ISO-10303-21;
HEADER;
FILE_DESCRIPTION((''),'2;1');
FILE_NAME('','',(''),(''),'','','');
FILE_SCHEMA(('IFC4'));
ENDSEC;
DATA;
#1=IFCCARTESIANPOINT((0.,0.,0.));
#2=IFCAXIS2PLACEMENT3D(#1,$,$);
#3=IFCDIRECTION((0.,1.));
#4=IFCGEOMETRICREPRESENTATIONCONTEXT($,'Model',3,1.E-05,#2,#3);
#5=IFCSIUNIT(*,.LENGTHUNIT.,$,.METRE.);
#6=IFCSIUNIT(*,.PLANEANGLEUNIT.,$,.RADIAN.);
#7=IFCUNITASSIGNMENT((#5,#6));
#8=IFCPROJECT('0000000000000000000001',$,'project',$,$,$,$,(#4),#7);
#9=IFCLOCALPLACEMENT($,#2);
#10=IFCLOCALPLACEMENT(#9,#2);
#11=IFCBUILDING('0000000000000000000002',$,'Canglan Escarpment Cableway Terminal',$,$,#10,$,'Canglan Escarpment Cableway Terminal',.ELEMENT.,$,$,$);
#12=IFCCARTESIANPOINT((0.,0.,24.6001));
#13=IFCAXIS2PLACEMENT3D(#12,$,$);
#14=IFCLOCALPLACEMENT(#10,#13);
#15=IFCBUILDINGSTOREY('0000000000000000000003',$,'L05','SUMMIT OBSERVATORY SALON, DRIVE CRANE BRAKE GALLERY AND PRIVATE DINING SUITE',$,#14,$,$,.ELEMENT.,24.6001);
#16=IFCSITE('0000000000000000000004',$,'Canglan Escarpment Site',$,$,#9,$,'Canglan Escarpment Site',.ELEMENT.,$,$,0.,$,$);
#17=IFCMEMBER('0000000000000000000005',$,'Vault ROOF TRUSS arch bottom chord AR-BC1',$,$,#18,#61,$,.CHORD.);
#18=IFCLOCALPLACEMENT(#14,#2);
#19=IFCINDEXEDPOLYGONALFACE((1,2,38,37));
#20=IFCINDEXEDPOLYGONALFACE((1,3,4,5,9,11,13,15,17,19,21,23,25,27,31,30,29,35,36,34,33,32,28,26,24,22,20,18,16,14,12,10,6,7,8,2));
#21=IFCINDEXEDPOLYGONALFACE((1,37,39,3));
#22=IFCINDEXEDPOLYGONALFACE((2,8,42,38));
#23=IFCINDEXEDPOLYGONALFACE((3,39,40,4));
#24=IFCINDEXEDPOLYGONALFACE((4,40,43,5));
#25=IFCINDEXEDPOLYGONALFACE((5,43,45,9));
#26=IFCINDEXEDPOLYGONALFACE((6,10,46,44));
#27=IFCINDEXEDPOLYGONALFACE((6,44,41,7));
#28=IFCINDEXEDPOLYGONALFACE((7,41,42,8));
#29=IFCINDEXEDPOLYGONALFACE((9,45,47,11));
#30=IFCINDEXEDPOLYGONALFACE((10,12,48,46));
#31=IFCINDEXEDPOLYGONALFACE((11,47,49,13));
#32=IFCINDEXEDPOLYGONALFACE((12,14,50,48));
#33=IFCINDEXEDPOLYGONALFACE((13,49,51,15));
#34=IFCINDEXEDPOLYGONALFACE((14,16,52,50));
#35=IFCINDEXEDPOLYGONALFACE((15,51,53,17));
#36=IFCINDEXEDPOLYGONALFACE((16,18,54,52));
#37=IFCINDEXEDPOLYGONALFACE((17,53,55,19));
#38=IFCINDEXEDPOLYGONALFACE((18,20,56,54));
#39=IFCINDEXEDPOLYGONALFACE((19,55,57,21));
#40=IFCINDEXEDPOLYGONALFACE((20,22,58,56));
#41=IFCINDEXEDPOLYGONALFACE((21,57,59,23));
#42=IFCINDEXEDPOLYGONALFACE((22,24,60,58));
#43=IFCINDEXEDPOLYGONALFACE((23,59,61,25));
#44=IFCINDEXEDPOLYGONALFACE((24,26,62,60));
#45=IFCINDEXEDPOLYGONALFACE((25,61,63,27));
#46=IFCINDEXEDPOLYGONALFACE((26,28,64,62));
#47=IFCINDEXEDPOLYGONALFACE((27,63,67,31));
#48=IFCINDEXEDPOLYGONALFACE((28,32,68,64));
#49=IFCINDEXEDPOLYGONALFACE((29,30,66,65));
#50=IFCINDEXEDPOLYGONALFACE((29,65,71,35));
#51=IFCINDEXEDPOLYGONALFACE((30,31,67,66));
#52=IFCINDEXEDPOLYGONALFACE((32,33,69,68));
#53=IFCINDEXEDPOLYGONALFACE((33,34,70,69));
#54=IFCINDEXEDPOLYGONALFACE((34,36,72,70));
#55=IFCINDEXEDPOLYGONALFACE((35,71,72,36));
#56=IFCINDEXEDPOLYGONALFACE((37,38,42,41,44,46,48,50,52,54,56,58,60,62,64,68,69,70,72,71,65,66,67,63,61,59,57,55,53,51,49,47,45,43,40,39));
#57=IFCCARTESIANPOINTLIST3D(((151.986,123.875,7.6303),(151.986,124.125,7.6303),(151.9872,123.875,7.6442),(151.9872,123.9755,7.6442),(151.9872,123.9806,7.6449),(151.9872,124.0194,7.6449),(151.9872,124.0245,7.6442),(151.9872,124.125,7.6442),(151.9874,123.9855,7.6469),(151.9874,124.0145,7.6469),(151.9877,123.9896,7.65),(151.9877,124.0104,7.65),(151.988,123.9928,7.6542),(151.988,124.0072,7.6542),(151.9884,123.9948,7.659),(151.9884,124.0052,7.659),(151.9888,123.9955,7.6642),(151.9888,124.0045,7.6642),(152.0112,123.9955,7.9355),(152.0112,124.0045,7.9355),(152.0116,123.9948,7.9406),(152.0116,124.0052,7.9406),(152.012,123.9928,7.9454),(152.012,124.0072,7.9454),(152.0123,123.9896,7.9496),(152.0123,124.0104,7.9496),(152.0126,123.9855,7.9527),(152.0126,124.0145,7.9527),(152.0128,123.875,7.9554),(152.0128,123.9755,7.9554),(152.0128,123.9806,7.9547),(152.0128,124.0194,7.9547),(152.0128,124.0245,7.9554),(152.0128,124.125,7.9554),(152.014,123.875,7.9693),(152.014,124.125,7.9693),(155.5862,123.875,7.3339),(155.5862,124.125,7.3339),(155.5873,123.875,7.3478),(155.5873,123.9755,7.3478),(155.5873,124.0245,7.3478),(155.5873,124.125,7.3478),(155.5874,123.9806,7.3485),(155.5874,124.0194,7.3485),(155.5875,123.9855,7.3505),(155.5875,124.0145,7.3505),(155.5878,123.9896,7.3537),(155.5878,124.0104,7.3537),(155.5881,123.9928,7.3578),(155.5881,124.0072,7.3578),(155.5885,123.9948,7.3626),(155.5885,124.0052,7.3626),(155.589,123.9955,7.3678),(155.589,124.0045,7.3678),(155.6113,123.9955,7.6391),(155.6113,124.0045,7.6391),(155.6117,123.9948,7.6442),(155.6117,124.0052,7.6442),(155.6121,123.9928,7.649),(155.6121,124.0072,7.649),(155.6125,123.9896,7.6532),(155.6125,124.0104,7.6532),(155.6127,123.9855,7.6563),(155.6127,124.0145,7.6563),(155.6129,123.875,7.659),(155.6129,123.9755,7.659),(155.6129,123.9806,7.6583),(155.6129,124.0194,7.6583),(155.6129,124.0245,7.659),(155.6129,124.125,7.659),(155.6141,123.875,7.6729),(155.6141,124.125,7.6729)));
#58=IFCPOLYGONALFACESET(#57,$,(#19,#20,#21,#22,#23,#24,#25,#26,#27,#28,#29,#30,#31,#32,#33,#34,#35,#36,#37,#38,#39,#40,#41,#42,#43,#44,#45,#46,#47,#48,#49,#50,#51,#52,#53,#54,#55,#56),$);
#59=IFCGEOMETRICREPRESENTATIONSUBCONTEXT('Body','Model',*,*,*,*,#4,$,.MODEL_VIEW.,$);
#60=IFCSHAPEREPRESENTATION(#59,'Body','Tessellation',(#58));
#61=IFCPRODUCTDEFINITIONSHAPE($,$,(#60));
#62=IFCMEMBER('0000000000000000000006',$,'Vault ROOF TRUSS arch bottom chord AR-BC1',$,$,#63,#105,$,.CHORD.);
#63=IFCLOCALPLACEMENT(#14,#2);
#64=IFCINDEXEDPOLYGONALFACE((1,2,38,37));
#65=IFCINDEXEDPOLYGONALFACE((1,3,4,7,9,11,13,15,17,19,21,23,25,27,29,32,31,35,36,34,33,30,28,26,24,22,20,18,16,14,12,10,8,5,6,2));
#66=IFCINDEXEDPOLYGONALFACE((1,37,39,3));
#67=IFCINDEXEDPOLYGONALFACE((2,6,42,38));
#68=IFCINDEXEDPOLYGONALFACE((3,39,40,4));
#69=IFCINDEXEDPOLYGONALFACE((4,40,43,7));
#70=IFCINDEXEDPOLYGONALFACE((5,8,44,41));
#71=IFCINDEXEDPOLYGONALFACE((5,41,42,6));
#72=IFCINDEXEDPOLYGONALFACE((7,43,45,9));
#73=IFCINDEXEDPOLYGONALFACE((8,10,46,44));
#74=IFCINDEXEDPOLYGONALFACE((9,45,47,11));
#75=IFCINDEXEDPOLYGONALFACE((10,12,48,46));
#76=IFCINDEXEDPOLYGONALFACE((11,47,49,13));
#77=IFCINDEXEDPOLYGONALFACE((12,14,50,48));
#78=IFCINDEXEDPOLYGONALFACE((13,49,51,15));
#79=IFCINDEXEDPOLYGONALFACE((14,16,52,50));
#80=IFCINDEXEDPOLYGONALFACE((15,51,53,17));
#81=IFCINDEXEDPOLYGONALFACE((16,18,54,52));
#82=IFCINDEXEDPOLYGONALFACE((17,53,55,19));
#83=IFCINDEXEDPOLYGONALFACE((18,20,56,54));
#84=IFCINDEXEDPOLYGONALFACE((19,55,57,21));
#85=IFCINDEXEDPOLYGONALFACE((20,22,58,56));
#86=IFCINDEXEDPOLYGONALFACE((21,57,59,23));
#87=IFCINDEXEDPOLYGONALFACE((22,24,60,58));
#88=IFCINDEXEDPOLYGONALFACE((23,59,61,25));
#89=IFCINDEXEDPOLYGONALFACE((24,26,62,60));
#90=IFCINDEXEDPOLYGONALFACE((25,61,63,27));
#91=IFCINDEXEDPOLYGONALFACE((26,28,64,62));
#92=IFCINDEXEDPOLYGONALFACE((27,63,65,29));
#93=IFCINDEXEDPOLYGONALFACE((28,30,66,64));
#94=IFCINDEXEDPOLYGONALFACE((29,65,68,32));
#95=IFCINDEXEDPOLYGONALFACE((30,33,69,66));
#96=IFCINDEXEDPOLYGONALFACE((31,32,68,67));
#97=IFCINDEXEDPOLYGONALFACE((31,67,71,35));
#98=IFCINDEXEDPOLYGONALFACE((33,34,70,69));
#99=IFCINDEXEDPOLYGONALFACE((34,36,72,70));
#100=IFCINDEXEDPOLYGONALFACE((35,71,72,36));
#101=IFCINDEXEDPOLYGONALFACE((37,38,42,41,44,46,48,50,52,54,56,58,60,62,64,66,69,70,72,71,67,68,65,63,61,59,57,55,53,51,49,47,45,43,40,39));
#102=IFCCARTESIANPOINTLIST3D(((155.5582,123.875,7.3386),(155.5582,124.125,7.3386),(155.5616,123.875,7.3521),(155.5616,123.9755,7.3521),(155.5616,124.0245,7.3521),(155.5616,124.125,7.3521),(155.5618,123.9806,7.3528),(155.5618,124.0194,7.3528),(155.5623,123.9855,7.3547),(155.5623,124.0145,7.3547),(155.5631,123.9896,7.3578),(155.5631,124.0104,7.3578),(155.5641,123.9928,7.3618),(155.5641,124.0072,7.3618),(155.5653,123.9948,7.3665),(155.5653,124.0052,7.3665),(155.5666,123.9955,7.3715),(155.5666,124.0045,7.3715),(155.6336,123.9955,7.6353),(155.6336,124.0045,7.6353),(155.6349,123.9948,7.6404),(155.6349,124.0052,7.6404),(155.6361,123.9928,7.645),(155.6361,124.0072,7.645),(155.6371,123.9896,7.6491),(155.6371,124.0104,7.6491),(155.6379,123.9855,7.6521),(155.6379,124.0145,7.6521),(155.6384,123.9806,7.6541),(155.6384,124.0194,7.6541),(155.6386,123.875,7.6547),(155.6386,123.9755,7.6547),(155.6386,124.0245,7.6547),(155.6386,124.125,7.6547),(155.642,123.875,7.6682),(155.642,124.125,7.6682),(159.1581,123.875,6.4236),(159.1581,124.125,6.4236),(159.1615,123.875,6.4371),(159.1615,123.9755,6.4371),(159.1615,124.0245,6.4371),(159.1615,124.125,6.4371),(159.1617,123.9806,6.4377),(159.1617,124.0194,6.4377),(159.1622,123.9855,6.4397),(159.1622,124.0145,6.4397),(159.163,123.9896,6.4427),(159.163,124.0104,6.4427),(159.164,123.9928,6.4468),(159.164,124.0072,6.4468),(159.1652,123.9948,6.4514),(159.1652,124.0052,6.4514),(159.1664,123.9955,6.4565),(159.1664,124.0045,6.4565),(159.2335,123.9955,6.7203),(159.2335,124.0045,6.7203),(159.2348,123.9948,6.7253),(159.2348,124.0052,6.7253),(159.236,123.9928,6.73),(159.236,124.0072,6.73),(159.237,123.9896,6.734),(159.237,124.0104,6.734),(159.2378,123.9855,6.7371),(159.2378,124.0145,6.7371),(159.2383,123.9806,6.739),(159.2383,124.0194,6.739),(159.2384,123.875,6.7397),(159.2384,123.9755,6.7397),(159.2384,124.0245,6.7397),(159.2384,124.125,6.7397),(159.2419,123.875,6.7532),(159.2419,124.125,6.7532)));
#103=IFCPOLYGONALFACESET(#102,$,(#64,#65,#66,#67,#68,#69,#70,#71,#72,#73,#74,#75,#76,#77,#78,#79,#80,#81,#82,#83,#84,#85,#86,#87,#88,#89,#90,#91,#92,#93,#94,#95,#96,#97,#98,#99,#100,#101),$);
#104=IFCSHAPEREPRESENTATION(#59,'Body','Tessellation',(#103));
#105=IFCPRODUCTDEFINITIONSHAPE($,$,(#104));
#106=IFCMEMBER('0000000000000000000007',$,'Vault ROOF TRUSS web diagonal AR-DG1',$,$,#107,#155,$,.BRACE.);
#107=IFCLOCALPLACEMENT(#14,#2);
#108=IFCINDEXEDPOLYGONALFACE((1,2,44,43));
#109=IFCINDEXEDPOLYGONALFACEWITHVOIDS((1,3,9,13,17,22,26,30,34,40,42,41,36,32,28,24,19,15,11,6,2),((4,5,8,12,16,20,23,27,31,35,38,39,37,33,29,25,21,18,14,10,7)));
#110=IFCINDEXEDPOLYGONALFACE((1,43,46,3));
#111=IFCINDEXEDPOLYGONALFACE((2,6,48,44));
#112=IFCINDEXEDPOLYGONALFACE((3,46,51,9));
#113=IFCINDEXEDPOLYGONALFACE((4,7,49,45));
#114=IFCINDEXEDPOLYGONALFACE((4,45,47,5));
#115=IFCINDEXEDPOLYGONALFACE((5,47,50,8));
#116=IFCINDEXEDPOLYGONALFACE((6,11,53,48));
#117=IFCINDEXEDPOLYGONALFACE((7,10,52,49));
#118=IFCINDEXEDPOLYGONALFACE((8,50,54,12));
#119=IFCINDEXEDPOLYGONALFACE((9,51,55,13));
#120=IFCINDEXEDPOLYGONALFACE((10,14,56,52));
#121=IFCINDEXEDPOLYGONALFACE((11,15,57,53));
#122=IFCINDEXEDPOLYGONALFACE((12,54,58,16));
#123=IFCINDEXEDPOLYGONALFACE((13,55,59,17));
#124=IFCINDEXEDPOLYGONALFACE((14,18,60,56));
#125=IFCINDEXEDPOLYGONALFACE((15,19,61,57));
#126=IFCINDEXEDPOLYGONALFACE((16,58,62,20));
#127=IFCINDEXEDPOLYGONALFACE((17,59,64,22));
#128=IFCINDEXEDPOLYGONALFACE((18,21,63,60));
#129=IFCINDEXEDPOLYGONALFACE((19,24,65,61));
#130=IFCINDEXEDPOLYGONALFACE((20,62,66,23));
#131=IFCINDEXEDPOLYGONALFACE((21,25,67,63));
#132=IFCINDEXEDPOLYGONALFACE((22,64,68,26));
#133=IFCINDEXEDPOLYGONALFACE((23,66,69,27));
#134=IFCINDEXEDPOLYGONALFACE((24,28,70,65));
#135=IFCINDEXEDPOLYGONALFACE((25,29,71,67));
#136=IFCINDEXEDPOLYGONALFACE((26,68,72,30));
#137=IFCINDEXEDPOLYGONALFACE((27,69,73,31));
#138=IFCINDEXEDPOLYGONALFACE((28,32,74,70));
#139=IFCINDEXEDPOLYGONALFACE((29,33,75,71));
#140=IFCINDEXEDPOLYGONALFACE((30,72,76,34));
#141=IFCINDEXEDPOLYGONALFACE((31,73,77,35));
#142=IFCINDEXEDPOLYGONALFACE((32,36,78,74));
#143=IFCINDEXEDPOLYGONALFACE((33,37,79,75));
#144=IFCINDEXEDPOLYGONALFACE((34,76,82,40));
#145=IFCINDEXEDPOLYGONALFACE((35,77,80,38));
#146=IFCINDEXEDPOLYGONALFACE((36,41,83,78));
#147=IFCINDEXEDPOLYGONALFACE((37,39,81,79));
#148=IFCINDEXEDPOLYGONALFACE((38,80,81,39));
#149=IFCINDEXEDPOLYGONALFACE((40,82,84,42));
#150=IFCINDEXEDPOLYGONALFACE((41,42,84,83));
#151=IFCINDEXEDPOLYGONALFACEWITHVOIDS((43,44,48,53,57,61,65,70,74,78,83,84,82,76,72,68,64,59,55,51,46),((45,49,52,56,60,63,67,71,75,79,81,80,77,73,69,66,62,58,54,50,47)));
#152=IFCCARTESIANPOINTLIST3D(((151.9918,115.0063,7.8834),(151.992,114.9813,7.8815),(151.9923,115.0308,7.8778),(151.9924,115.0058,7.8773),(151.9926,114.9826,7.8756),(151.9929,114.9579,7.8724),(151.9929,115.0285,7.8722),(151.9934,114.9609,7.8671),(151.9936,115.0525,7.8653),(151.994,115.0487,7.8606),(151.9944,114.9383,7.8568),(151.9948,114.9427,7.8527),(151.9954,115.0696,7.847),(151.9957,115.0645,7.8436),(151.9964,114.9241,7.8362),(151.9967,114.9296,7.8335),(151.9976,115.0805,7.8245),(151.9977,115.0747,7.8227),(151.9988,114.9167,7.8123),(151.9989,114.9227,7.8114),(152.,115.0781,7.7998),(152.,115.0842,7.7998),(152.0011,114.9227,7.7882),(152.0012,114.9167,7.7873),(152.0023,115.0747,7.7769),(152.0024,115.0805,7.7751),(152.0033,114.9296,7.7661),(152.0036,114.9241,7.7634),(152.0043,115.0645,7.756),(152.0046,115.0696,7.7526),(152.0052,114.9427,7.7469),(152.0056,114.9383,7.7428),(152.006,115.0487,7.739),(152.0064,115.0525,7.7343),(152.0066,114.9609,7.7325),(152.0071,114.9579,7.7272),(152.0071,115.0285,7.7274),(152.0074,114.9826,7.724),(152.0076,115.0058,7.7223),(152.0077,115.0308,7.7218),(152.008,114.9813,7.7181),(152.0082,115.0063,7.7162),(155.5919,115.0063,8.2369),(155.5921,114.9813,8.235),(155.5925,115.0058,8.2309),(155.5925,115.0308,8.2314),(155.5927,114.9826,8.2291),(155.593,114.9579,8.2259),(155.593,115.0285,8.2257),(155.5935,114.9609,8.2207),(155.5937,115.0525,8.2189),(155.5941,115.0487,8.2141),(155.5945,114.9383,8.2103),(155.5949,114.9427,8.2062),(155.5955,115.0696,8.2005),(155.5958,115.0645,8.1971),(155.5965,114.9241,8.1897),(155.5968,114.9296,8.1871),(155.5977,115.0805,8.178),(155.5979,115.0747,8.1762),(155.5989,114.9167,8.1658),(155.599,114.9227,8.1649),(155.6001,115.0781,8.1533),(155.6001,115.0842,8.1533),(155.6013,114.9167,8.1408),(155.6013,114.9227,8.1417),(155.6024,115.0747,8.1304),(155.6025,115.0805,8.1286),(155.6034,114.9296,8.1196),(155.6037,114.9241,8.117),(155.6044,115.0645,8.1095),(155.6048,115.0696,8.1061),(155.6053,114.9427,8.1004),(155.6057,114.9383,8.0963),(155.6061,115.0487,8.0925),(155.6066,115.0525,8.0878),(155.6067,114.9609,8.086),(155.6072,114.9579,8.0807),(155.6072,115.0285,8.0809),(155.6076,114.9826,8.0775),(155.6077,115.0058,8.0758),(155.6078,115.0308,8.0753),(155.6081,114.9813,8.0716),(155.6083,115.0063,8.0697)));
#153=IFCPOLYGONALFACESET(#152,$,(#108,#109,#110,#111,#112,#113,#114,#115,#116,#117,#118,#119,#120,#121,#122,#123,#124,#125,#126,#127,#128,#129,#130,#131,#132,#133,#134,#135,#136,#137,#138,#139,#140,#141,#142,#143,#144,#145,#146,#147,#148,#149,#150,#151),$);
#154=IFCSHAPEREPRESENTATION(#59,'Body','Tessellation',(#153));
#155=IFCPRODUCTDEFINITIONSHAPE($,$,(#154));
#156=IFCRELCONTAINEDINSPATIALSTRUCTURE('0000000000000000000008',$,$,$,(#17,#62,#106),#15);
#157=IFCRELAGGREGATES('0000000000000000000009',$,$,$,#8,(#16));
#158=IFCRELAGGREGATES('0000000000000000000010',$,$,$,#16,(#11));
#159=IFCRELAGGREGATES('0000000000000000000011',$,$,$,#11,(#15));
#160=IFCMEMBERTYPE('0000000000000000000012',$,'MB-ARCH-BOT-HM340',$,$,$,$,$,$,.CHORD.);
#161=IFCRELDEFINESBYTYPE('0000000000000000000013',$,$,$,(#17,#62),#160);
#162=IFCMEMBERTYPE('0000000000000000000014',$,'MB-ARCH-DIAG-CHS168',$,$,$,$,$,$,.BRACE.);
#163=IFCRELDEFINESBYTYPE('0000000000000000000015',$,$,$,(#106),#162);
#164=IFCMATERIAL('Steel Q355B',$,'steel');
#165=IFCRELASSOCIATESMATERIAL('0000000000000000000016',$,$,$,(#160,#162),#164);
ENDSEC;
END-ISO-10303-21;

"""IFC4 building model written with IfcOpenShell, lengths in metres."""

from ifc_helpers import new_model, si_unit, direction, frame, origin, origin_2d, place, context, subcontext, project, spatial, hollow_circle, i_section, extrude, material, material_profile, profile_set, type_object, element, save


model = new_model("IFC4")

# Units and contexts
model_context = context("Model", 3, precision=1e-05, world=origin(), true_north=direction((0.0, 1.0)))
body_context = subcontext(model_context, "Body", "Model", "MODEL_VIEW")
ifc_project = project(units=[si_unit("LENGTHUNIT", "METRE"), si_unit("PLANEANGLEUNIT", "RADIAN")], contexts=[model_context])

# Site, building, storey
site_placement = place(None, origin())
site = spatial("IfcSite", under=ifc_project, at=site_placement, Name="Canglan Escarpment Site", LongName="Canglan Escarpment Site", CompositionType="ELEMENT", RefElevation=0.0)
building_placement = place(site_placement, origin())
building = spatial("IfcBuilding", under=site, at=building_placement, Name="Canglan Escarpment Cableway Terminal", LongName="Canglan Escarpment Cableway Terminal", CompositionType="ELEMENT")
storey_placement = place(building_placement, frame((0.0, 0.0, 24.6001)))
storey = spatial("IfcBuildingStorey", under=building, at=storey_placement, Name="L05", Description="SUMMIT OBSERVATORY SALON, DRIVE CRANE BRAKE GALLERY AND PRIVATE DINING SUITE", CompositionType="ELEMENT", Elevation=24.6001)

# Shared definitions
ifc_material = material(Name="Steel Q355B", Category="steel")

# Members
ifc_material_profile_1 = material_profile(ifc_material, i_section(OverallWidth=0.25, OverallDepth=0.3401, WebThickness=0.009, FlangeThickness=0.0139, FilletRadius=0.02, at=origin_2d()), Name="HM 340x250x9x14")
ifc_profile_set_1 = profile_set([ifc_material_profile_1], Name="Steel Q355B")
member_type_1 = type_object("IfcMemberType", Name="MB-ARCH-BOT-HM340", PredefinedType="CHORD", material=ifc_profile_set_1)
for number, where, z_axis, x_axis, name in (
    (1, (152.0, 124.0, 7.7998), (0.996628, 0.0, -0.08205), (0.0, 1.0, 0.0), "Vault ROOF TRUSS arch bottom chord AR-BC1"),
):
    element("IfcMember", number, at=place(storey_placement, frame(where, z_axis=z_axis, x_axis=x_axis)), inside=storey, type_object=member_type_1, Name=name, PredefinedType="CHORD", context=body_context, shape_type="SweptSolid", body=[
        extrude(i_section(OverallWidth=0.25, OverallDepth=0.3401, WebThickness=0.009, FlangeThickness=0.0139, FilletRadius=0.02, at=origin_2d()), origin(), (0.0, 0.0, 1.0), 3.6123),
    ])
member_1_placement = place(storey_placement, frame((155.6001, 124.0, 7.5034), z_axis=(0.96918, 0.0, -0.246354), x_axis=(0.0, 1.0, 0.0)))
element("IfcMember", 2, at=member_1_placement, inside=storey, type_object=member_type_1, Name="Vault ROOF TRUSS arch bottom chord AR-BC1", PredefinedType="CHORD", context=body_context, shape_type="SweptSolid", body=[
    extrude(i_section(OverallWidth=0.25, OverallDepth=0.3401, WebThickness=0.009, FlangeThickness=0.0139, FilletRadius=0.02, at=origin_2d()), origin(), (0.0, 0.0, 1.0), 3.7144),
])
ifc_material_profile_2 = material_profile(ifc_material, hollow_circle(Radius=0.0842, WallThickness=0.0061, at=origin_2d()), Name="CHS 168.3x6")
ifc_profile_set_2 = profile_set([ifc_material_profile_2], Name="Steel Q355B")
member_type_2 = type_object("IfcMemberType", Name="MB-ARCH-DIAG-CHS168", PredefinedType="BRACE", material=ifc_profile_set_2)
member_2_placement = place(storey_placement, frame((152.0, 115.0, 7.7998), z_axis=(0.995213, 0.0, 0.097726), x_axis=(0.0, 1.0, 0.0)))
element("IfcMember", 3, at=member_2_placement, inside=storey, type_object=member_type_2, Name="Vault ROOF TRUSS web diagonal AR-DG1", PredefinedType="BRACE", context=body_context, shape_type="SweptSolid", body=[
    extrude(hollow_circle(Radius=0.0842, WallThickness=0.0061, at=origin_2d()), origin(), (0.0, 0.0, 1.0), 3.6174),
])

save(model, "model.ifc")
